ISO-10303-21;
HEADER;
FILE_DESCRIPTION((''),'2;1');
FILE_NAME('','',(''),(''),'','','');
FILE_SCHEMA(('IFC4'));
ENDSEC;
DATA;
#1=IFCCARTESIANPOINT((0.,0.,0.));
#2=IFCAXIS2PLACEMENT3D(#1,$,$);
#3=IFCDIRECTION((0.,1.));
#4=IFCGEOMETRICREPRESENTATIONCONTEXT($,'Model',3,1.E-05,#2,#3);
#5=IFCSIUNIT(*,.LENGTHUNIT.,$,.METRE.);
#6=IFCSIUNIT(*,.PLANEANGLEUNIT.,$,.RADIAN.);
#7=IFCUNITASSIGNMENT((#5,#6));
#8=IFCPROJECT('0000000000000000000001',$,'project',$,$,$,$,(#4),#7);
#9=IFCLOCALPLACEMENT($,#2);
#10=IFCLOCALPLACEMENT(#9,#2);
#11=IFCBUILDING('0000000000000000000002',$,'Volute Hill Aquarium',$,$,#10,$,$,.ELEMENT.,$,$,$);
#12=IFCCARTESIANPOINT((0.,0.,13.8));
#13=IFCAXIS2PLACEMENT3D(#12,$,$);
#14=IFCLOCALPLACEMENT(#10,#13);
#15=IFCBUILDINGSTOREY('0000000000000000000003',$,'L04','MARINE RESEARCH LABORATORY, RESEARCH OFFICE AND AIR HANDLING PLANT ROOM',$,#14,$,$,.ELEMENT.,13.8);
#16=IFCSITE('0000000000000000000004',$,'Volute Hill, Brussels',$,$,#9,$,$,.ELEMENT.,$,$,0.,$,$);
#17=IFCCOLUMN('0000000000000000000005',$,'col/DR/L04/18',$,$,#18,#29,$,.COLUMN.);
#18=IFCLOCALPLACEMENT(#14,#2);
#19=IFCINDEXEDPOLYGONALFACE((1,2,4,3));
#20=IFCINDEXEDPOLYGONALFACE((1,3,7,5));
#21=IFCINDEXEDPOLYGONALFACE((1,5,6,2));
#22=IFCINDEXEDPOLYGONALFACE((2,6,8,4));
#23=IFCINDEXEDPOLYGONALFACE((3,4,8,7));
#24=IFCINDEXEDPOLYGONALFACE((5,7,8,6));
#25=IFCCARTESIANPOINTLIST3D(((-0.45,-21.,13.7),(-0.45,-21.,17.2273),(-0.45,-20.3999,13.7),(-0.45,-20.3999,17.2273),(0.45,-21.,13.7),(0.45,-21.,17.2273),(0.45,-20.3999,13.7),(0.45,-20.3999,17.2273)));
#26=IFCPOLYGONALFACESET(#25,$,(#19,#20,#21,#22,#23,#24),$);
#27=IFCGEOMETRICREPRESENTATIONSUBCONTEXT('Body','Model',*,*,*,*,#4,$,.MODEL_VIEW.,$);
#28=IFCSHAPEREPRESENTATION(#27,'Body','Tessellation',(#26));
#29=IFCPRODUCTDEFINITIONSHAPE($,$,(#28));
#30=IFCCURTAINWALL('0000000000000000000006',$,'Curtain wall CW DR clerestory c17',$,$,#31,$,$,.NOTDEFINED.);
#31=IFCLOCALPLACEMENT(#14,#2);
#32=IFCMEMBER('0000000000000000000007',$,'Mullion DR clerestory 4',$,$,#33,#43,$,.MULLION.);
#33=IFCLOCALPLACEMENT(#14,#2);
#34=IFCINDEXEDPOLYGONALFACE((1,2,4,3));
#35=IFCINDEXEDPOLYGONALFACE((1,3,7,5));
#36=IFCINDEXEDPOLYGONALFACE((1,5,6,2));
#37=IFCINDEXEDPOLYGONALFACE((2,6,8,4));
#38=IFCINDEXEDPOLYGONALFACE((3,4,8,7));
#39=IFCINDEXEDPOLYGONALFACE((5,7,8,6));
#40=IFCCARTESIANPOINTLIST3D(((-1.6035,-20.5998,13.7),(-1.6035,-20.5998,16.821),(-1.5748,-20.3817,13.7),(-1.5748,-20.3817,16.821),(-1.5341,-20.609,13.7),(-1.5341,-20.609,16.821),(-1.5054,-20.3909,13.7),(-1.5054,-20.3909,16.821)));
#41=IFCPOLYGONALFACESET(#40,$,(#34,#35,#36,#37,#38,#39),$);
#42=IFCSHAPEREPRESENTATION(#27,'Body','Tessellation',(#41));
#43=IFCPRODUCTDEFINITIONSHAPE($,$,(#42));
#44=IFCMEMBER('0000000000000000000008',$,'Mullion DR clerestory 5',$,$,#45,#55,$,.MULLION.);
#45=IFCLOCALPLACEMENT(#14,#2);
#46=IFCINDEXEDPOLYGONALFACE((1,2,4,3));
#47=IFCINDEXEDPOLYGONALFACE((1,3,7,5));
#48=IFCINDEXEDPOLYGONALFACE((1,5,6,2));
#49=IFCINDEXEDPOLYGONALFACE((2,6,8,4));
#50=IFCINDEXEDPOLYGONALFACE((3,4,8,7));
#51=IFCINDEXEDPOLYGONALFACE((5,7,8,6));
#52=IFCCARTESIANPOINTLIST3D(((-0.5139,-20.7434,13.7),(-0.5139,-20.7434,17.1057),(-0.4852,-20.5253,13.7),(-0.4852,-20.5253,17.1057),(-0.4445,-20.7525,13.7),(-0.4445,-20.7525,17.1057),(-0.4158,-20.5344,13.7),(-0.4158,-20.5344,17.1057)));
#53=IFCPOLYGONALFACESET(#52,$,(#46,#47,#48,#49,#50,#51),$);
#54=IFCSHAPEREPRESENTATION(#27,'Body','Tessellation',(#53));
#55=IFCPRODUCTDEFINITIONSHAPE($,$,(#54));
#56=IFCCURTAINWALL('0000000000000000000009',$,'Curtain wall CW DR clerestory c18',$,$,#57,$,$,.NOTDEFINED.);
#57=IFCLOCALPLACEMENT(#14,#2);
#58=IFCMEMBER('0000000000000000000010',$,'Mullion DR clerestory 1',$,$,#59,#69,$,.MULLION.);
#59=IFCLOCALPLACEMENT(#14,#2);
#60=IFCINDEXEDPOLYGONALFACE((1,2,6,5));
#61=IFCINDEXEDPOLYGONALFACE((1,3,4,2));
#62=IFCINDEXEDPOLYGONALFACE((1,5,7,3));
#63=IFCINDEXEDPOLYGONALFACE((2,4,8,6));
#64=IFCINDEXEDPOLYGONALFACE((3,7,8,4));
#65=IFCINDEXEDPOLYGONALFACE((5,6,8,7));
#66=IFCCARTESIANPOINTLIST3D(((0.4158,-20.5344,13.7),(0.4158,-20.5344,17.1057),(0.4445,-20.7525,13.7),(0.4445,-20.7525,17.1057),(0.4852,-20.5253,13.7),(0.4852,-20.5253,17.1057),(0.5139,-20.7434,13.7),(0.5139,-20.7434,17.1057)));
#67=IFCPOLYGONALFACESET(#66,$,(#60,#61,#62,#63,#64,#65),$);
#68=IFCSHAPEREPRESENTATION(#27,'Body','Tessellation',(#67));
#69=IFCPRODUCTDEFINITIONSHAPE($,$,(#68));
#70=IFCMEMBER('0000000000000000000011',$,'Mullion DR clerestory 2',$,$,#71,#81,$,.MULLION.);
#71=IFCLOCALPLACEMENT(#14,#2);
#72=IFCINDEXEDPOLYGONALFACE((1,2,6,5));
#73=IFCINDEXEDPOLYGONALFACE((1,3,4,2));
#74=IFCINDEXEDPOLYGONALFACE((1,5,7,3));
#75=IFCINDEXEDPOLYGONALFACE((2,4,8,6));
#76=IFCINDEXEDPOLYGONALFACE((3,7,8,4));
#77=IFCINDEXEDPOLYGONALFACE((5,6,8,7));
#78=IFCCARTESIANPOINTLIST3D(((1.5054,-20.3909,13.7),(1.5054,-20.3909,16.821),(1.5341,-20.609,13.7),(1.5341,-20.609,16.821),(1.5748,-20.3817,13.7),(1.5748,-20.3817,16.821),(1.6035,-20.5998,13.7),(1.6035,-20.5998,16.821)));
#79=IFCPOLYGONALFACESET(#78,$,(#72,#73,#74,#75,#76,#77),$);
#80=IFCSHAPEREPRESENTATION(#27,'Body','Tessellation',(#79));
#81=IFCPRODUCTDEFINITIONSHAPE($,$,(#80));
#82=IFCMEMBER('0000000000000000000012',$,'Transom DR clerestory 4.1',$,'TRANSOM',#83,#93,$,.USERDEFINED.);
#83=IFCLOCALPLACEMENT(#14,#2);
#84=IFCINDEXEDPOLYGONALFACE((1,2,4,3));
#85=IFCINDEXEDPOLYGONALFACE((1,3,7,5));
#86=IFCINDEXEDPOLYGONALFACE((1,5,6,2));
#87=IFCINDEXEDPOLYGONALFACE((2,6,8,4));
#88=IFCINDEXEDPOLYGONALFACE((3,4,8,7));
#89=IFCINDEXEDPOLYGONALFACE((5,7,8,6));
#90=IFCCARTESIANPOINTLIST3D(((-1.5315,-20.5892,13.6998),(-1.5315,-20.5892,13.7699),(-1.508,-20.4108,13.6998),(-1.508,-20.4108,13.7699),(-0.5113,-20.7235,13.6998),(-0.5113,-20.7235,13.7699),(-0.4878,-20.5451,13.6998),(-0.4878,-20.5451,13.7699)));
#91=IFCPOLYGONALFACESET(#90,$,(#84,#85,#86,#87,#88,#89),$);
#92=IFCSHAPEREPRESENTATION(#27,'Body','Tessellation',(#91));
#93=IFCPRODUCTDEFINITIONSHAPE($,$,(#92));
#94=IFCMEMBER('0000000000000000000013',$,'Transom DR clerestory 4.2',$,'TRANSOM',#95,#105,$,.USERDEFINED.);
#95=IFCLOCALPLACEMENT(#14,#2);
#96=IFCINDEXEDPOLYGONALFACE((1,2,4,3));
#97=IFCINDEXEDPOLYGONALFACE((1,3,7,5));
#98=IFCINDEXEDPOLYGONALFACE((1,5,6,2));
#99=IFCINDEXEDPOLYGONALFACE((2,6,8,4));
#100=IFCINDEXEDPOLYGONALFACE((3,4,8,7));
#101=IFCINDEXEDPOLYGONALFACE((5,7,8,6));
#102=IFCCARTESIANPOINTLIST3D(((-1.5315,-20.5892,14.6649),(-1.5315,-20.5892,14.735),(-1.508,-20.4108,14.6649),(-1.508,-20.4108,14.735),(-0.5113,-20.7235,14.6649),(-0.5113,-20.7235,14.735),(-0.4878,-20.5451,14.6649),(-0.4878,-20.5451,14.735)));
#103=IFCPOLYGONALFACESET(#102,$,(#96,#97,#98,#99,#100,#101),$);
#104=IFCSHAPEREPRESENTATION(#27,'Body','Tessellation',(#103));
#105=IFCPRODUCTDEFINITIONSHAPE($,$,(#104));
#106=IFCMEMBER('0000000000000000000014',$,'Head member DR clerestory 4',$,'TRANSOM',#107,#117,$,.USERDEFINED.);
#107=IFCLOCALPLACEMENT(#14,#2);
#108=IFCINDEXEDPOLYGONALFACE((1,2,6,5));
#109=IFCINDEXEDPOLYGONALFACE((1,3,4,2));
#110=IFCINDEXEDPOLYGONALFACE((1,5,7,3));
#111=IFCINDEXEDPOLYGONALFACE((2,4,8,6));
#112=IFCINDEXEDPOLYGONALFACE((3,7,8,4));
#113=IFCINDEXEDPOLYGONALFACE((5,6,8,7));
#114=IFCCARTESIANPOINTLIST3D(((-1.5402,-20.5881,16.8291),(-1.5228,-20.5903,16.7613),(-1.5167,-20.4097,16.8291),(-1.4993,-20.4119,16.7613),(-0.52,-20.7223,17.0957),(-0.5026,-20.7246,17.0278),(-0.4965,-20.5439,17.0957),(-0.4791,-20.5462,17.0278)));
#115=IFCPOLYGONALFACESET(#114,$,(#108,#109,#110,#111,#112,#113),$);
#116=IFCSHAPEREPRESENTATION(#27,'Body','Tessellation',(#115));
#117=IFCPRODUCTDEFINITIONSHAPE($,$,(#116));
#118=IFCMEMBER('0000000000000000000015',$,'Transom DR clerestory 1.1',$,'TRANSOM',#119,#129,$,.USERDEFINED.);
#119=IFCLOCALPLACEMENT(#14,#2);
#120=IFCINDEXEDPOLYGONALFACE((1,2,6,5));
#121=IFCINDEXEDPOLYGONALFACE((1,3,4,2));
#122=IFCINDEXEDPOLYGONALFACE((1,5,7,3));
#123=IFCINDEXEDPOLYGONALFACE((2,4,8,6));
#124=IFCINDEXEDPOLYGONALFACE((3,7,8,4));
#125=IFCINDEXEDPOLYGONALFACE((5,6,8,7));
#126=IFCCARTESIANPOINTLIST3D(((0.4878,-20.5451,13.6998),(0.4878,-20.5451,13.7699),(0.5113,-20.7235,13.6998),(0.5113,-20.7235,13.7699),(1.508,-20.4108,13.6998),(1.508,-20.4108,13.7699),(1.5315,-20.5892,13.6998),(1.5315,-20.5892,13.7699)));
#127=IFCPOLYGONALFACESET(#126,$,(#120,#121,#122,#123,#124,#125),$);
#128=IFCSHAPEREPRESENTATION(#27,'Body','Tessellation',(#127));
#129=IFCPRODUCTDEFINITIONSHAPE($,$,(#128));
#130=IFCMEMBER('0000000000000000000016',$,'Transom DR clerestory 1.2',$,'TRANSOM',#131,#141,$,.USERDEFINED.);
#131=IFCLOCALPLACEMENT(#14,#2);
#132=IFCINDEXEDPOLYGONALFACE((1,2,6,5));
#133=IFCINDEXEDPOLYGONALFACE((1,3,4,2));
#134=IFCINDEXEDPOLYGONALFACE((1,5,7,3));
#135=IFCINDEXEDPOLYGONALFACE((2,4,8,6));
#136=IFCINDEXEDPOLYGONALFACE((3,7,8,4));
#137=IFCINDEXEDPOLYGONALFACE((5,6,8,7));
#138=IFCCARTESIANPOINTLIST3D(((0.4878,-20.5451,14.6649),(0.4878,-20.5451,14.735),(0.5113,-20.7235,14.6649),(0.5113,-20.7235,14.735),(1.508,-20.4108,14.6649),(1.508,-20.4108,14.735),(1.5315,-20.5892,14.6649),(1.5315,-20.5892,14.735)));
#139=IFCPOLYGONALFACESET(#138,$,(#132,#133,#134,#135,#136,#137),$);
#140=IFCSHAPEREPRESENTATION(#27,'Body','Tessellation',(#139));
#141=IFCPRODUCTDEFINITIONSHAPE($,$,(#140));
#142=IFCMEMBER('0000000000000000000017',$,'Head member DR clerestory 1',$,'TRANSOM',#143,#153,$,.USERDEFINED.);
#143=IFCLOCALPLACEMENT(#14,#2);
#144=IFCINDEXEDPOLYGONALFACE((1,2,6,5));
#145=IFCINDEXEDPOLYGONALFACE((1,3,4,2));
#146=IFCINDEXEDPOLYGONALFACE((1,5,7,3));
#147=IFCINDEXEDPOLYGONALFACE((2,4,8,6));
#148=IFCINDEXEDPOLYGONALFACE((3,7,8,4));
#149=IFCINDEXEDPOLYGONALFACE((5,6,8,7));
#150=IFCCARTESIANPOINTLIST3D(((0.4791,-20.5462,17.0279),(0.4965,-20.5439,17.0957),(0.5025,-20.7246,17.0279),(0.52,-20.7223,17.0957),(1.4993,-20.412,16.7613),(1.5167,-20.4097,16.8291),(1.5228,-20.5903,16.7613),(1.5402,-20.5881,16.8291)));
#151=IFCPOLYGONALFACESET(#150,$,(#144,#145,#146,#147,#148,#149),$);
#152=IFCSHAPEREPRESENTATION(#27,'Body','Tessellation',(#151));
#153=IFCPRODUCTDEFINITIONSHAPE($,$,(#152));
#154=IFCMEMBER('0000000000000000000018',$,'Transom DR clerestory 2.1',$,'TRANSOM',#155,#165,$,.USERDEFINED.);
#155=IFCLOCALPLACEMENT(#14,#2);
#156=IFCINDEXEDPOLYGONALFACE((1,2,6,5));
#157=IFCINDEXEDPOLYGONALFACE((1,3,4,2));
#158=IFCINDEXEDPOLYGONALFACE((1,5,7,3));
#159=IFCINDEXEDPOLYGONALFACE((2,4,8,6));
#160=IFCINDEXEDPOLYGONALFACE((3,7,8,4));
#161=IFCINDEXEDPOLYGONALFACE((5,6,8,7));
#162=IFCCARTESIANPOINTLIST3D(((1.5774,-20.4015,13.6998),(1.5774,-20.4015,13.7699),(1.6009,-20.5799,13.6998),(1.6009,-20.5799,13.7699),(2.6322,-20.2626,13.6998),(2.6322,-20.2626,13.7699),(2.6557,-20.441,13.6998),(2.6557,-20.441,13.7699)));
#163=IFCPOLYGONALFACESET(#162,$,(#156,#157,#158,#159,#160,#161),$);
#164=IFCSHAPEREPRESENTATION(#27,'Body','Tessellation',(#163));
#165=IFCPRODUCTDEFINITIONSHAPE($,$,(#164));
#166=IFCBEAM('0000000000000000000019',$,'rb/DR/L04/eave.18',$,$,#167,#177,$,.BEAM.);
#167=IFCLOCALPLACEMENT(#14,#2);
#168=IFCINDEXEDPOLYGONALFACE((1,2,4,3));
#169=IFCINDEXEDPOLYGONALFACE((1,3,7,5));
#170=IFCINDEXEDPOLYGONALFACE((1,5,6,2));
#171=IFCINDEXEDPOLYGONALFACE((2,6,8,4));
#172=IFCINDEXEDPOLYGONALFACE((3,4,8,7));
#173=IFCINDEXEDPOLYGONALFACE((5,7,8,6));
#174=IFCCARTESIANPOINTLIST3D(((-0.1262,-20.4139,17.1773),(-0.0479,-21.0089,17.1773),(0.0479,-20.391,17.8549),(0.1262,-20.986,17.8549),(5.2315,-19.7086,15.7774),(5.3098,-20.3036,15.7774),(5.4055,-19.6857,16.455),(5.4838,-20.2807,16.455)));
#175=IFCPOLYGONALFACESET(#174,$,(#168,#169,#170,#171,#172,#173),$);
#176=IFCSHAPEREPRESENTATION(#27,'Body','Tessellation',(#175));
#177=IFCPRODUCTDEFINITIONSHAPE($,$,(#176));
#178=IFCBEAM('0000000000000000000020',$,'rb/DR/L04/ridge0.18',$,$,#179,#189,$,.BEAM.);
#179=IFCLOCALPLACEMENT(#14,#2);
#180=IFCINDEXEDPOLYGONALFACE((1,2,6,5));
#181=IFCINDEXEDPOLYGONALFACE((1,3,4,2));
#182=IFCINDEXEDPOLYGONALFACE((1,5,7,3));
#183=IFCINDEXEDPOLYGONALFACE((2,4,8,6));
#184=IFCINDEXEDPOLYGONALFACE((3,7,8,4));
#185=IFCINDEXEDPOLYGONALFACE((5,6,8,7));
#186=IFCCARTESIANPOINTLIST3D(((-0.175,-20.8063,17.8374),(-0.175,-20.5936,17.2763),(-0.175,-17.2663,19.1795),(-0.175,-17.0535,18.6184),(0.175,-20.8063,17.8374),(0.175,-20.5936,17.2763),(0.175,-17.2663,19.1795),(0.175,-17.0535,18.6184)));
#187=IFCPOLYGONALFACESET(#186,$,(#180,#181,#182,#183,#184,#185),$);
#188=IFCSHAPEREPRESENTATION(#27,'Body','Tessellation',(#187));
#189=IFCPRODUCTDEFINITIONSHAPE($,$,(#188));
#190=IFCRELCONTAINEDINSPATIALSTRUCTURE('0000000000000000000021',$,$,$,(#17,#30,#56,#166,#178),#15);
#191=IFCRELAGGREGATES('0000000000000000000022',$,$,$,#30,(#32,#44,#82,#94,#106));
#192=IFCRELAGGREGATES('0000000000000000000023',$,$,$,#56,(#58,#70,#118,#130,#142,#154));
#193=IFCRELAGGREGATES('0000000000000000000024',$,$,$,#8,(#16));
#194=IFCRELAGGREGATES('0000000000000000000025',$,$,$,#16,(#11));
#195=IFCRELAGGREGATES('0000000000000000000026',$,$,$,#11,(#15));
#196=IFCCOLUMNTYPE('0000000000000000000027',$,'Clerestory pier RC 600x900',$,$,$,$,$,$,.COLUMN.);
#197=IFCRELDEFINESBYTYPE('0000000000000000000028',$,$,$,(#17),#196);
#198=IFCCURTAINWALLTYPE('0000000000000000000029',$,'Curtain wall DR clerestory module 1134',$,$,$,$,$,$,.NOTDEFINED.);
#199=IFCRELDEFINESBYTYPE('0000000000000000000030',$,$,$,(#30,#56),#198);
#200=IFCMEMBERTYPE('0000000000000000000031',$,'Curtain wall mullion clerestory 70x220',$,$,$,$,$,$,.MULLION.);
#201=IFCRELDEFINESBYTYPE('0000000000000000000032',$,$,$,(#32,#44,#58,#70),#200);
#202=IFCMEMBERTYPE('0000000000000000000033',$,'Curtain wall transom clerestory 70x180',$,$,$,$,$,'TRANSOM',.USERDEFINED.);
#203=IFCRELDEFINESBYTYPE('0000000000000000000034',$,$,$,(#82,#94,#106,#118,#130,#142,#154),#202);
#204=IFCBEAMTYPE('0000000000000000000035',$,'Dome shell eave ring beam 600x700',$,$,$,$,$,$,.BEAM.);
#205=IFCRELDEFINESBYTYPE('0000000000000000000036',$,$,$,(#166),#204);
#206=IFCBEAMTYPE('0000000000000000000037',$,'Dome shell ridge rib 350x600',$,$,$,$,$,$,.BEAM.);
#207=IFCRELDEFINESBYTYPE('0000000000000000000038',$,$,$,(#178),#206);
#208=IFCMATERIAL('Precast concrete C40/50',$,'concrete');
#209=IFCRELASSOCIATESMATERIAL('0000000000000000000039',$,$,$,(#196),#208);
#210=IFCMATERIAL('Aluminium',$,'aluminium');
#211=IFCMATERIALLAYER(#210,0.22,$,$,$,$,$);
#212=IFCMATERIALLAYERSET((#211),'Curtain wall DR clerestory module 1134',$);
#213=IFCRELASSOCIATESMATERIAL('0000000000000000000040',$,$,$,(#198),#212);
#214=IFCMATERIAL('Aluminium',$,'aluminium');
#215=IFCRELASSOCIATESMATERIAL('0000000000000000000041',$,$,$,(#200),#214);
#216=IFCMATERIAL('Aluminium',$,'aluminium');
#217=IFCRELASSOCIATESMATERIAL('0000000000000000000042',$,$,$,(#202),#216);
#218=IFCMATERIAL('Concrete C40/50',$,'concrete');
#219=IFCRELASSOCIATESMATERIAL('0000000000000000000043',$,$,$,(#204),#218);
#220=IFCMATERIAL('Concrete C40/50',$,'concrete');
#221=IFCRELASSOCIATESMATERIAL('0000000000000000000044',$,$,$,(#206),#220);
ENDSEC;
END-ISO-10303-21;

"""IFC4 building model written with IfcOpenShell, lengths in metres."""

from ifc_helpers import new_model, si_unit, direction, frame, origin, origin_2d, place, context, subcontext, project, spatial, rectangle, extrude, material, layer, layer_set, material_profile, profile_set, type_object, element, aggregate, save


model = new_model("IFC4")

# Units and contexts
model_context = context("Model", 3, precision=1e-05, world=origin(), true_north=direction((0.0, 1.0)))
body_context = subcontext(model_context, "Body", "Model", "MODEL_VIEW")
ifc_project = project(units=[si_unit("LENGTHUNIT", "METRE"), si_unit("PLANEANGLEUNIT", "RADIAN")], contexts=[model_context])

# Site, building, storey
site_placement = place(None, origin())
site = spatial("IfcSite", under=ifc_project, at=site_placement, Name="Volute Hill, Brussels", CompositionType="ELEMENT", RefElevation=0.0)
building_placement = place(site_placement, origin())
building = spatial("IfcBuilding", under=site, at=building_placement, Name="Volute Hill Aquarium", CompositionType="ELEMENT")
storey_placement = place(building_placement, frame((0.0, 0.0, 13.8)))
storey = spatial("IfcBuildingStorey", under=building, at=storey_placement, Name="L04", Description="MARINE RESEARCH LABORATORY, RESEARCH OFFICE AND AIR HANDLING PLANT ROOM", CompositionType="ELEMENT", Elevation=13.8)

# Column
ifc_material_1 = material(Name="Precast concrete C40/50", Category="concrete")
ifc_material_profile_1 = material_profile(ifc_material_1, rectangle(XDim=0.6001, YDim=0.8999, at=origin_2d()), Name="RC pier 600x900")
ifc_profile_set_1 = profile_set([ifc_material_profile_1], Name="Precast concrete C40/50")
column_type = type_object("IfcColumnType", Name="Clerestory pier RC 600x900", PredefinedType="COLUMN", material=ifc_profile_set_1)
column_placement = place(storey_placement, frame((0.0, -20.7, 13.7), z_axis=(0.0, 0.0, 1.0), x_axis=(0.0, -1.0, 0.0)))
element("IfcColumn", 1, at=column_placement, inside=storey, type_object=column_type, Name="col/DR/L04/18", PredefinedType="COLUMN", context=body_context, shape_type="SweptSolid", body=[
    extrude(rectangle(XDim=0.6001, YDim=0.8999, at=origin_2d()), origin(), (0.0, 0.0, 1.0), 3.5273),
])

# Curtain walls, members
ifc_material_2 = material(Name="Aluminium", Category="aluminium")
ifc_layer_1 = layer(ifc_material_2, 0.22)
ifc_layer_set_1 = layer_set([ifc_layer_1], Name="Curtain wall DR clerestory module 1134")
curtain_wall_type = type_object("IfcCurtainWallType", Name="Curtain wall DR clerestory module 1134", PredefinedType="NOTDEFINED", material=ifc_layer_set_1)
curtain_wall_1_placement = place(storey_placement, origin())
curtain_wall_1 = element("IfcCurtainWall", 2, at=curtain_wall_1_placement, inside=storey, type_object=curtain_wall_type, Name="Curtain wall CW DR clerestory c17", PredefinedType="NOTDEFINED")
ifc_material_3 = material(Name="Aluminium", Category="aluminium")
ifc_material_profile_2 = material_profile(ifc_material_3, rectangle(XDim=0.22, YDim=0.0701, at=origin_2d()), Name="Curtain wall mullion clerestory 70x220")
ifc_profile_set_2 = profile_set([ifc_material_profile_2], Name="Aluminium")
member_type_1 = type_object("IfcMemberType", Name="Curtain wall mullion clerestory 70x220", PredefinedType="MULLION", material=ifc_profile_set_2)
member_1_placement = place(storey_placement, frame((-1.5544, -20.4954, 13.7), z_axis=(0.0, 0.0, 1.0), x_axis=(0.130519, 0.991446, 0.0)))
member_1 = element("IfcMember", 3, at=member_1_placement, type_object=member_type_1, Name="Mullion DR clerestory 4", PredefinedType="MULLION", context=body_context, shape_type="SweptSolid", body=[
    extrude(rectangle(XDim=0.22, YDim=0.0701, at=origin_2d()), origin(), (0.0, 0.0, 1.0), 3.1211),
])
member_2_placement = place(storey_placement, frame((-0.4648, -20.6389, 13.7), z_axis=(0.0, 0.0, 1.0), x_axis=(0.130519, 0.991446, 0.0)))
member_2 = element("IfcMember", 4, at=member_2_placement, type_object=member_type_1, Name="Mullion DR clerestory 5", PredefinedType="MULLION", context=body_context, shape_type="SweptSolid", body=[
    extrude(rectangle(XDim=0.22, YDim=0.0701, at=origin_2d()), origin(), (0.0, 0.0, 1.0), 3.4058),
])
curtain_wall_2_placement = place(storey_placement, origin())
curtain_wall_2 = element("IfcCurtainWall", 5, at=curtain_wall_2_placement, inside=storey, type_object=curtain_wall_type, Name="Curtain wall CW DR clerestory c18", PredefinedType="NOTDEFINED")
member_3_placement = place(storey_placement, frame((0.4648, -20.6389, 13.7), z_axis=(0.0, 0.0, 1.0), x_axis=(-0.130519, 0.991446, 0.0)))
member_3 = element("IfcMember", 6, at=member_3_placement, type_object=member_type_1, Name="Mullion DR clerestory 1", PredefinedType="MULLION", context=body_context, shape_type="SweptSolid", body=[
    extrude(rectangle(XDim=0.22, YDim=0.0701, at=origin_2d()), origin(), (0.0, 0.0, 1.0), 3.4058),
])
member_4_placement = place(storey_placement, frame((1.5544, -20.4954, 13.7), z_axis=(0.0, 0.0, 1.0), x_axis=(-0.130519, 0.991446, 0.0)))
member_4 = element("IfcMember", 7, at=member_4_placement, type_object=member_type_1, Name="Mullion DR clerestory 2", PredefinedType="MULLION", context=body_context, shape_type="SweptSolid", body=[
    extrude(rectangle(XDim=0.22, YDim=0.0701, at=origin_2d()), origin(), (0.0, 0.0, 1.0), 3.1211),
])

# Members
ifc_material_4 = material(Name="Aluminium", Category="aluminium")
ifc_material_profile_3 = material_profile(ifc_material_4, rectangle(XDim=0.1799, YDim=0.0701, at=origin_2d()), Name="Curtain wall transom clerestory 70x180")
ifc_profile_set_3 = profile_set([ifc_material_profile_3], Name="Aluminium")
member_type_2 = type_object("IfcMemberType", Name="Curtain wall transom clerestory 70x180", ElementType="TRANSOM", PredefinedType="USERDEFINED", material=ifc_profile_set_3)
member_5_placement = place(storey_placement, frame((-1.5198, -20.5, 13.7349), z_axis=(0.99145, -0.130485, 0.0), x_axis=(0.130485, 0.99145, 0.0)))
member_5 = element("IfcMember", 8, at=member_5_placement, type_object=member_type_2, Name="Transom DR clerestory 4.1", ObjectType="TRANSOM", PredefinedType="USERDEFINED", context=body_context, shape_type="SweptSolid", body=[
    extrude(rectangle(XDim=0.1799, YDim=0.0701, at=origin_2d()), origin(), (0.0, 0.0, 1.0), 1.0291),
])
member_6_placement = place(storey_placement, frame((-1.5198, -20.5, 14.7), z_axis=(0.99145, -0.130485, 0.0), x_axis=(0.130485, 0.99145, 0.0)))
member_6 = element("IfcMember", 9, at=member_6_placement, type_object=member_type_2, Name="Transom DR clerestory 4.2", ObjectType="TRANSOM", PredefinedType="USERDEFINED", context=body_context, shape_type="SweptSolid", body=[
    extrude(rectangle(XDim=0.1799, YDim=0.0701, at=origin_2d()), origin(), (0.0, 0.0, 1.0), 1.0291),
])
member_7_placement = place(storey_placement, frame((-1.5198, -20.5, 16.7952), z_axis=(0.959764, -0.126315, 0.250793), x_axis=(0.130485, 0.99145, 0.0)))
member_7 = element("IfcMember", 10, at=member_7_placement, type_object=member_type_2, Name="Head member DR clerestory 4", ObjectType="TRANSOM", PredefinedType="USERDEFINED", context=body_context, shape_type="SweptSolid", body=[
    extrude(rectangle(XDim=0.1799, YDim=0.0701, at=origin_2d()), origin(), (0.0, 0.0, 1.0), 1.063),
])
member_8_placement = place(storey_placement, frame((0.4995, -20.6343, 13.7349), z_axis=(0.99145, 0.130485, 0.0), x_axis=(-0.130485, 0.99145, 0.0)))
member_8 = element("IfcMember", 11, at=member_8_placement, type_object=member_type_2, Name="Transom DR clerestory 1.1", ObjectType="TRANSOM", PredefinedType="USERDEFINED", context=body_context, shape_type="SweptSolid", body=[
    extrude(rectangle(XDim=0.1799, YDim=0.0701, at=origin_2d()), origin(), (0.0, 0.0, 1.0), 1.0291),
])
member_9_placement = place(storey_placement, frame((0.4995, -20.6343, 14.7), z_axis=(0.99145, 0.130485, 0.0), x_axis=(-0.130485, 0.99145, 0.0)))
member_9 = element("IfcMember", 12, at=member_9_placement, type_object=member_type_2, Name="Transom DR clerestory 1.2", ObjectType="TRANSOM", PredefinedType="USERDEFINED", context=body_context, shape_type="SweptSolid", body=[
    extrude(rectangle(XDim=0.1799, YDim=0.0701, at=origin_2d()), origin(), (0.0, 0.0, 1.0), 1.0291),
])
member_10_placement = place(storey_placement, frame((0.4995, -20.6343, 17.0618), z_axis=(0.959764, 0.126315, -0.250793), x_axis=(-0.130485, 0.99145, 0.0)))
member_10 = element("IfcMember", 13, at=member_10_placement, type_object=member_type_2, Name="Head member DR clerestory 1", ObjectType="TRANSOM", PredefinedType="USERDEFINED", context=body_context, shape_type="SweptSolid", body=[
    extrude(rectangle(XDim=0.1799, YDim=0.0701, at=origin_2d()), origin(), (0.0, 0.0, 1.0), 1.063),
])
member_11_placement = place(storey_placement, frame((1.5891, -20.4907, 13.7349), z_axis=(0.991441, 0.130555, 0.0), x_axis=(-0.130555, 0.991441, 0.0)))
member_11 = element("IfcMember", 14, at=member_11_placement, type_object=member_type_2, Name="Transom DR clerestory 2.1", ObjectType="TRANSOM", PredefinedType="USERDEFINED", context=body_context, shape_type="SweptSolid", body=[
    extrude(rectangle(XDim=0.1799, YDim=0.0701, at=origin_2d()), origin(), (0.0, 0.0, 1.0), 1.064),
])

# Beams
ifc_material_5 = material(Name="Concrete C40/50", Category="concrete")
ifc_material_profile_4 = material_profile(ifc_material_5, rectangle(XDim=0.6001, YDim=0.7, at=origin_2d()), Name="RC beam 600x700")
ifc_profile_set_4 = profile_set([ifc_material_profile_4], Name="Concrete C40/50")
beam_type_1 = type_object("IfcBeamType", Name="Dome shell eave ring beam 600x700", PredefinedType="BEAM", material=ifc_profile_set_4)
beam_1_placement = place(storey_placement, frame((0.0, -20.7, 17.5161), z_axis=(0.959764, 0.12635, -0.250776), x_axis=(-0.130521, 0.991446, 0.0)))
element("IfcBeam", 15, at=beam_1_placement, inside=storey, type_object=beam_type_1, Name="rb/DR/L04/eave.18", PredefinedType="BEAM", context=body_context, shape_type="SweptSolid", body=[
    extrude(rectangle(XDim=0.6001, YDim=0.7, at=origin_2d()), origin(), (0.0, 0.0, 1.0), 5.5823),
])
ifc_material_6 = material(Name="Concrete C40/50", Category="concrete")
ifc_material_profile_5 = material_profile(ifc_material_6, rectangle(XDim=0.3501, YDim=0.6001, at=origin_2d()), Name="RC rib 350x600")
ifc_profile_set_5 = profile_set([ifc_material_profile_5], Name="Concrete C40/50")
beam_type_2 = type_object("IfcBeamType", Name="Dome shell ridge rib 350x600", PredefinedType="BEAM", material=ifc_profile_set_5)
beam_2_placement = place(storey_placement, frame((0.0, -20.7, 17.5569), z_axis=(0.0, 0.935062, 0.354485), x_axis=(-1.0, 0.0, 0.0)))
element("IfcBeam", 16, at=beam_2_placement, inside=storey, type_object=beam_type_2, Name="rb/DR/L04/ridge0.18", PredefinedType="BEAM", context=body_context, shape_type="SweptSolid", body=[
    extrude(rectangle(XDim=0.3501, YDim=0.6001, at=origin_2d()), origin(), (0.0, 0.0, 1.0), 3.7859),
])

aggregate(curtain_wall_1, [member_1, member_2, member_5, member_6, member_7])
aggregate(curtain_wall_2, [member_3, member_4, member_8, member_9, member_10, member_11])

save(model, "model.ifc")
